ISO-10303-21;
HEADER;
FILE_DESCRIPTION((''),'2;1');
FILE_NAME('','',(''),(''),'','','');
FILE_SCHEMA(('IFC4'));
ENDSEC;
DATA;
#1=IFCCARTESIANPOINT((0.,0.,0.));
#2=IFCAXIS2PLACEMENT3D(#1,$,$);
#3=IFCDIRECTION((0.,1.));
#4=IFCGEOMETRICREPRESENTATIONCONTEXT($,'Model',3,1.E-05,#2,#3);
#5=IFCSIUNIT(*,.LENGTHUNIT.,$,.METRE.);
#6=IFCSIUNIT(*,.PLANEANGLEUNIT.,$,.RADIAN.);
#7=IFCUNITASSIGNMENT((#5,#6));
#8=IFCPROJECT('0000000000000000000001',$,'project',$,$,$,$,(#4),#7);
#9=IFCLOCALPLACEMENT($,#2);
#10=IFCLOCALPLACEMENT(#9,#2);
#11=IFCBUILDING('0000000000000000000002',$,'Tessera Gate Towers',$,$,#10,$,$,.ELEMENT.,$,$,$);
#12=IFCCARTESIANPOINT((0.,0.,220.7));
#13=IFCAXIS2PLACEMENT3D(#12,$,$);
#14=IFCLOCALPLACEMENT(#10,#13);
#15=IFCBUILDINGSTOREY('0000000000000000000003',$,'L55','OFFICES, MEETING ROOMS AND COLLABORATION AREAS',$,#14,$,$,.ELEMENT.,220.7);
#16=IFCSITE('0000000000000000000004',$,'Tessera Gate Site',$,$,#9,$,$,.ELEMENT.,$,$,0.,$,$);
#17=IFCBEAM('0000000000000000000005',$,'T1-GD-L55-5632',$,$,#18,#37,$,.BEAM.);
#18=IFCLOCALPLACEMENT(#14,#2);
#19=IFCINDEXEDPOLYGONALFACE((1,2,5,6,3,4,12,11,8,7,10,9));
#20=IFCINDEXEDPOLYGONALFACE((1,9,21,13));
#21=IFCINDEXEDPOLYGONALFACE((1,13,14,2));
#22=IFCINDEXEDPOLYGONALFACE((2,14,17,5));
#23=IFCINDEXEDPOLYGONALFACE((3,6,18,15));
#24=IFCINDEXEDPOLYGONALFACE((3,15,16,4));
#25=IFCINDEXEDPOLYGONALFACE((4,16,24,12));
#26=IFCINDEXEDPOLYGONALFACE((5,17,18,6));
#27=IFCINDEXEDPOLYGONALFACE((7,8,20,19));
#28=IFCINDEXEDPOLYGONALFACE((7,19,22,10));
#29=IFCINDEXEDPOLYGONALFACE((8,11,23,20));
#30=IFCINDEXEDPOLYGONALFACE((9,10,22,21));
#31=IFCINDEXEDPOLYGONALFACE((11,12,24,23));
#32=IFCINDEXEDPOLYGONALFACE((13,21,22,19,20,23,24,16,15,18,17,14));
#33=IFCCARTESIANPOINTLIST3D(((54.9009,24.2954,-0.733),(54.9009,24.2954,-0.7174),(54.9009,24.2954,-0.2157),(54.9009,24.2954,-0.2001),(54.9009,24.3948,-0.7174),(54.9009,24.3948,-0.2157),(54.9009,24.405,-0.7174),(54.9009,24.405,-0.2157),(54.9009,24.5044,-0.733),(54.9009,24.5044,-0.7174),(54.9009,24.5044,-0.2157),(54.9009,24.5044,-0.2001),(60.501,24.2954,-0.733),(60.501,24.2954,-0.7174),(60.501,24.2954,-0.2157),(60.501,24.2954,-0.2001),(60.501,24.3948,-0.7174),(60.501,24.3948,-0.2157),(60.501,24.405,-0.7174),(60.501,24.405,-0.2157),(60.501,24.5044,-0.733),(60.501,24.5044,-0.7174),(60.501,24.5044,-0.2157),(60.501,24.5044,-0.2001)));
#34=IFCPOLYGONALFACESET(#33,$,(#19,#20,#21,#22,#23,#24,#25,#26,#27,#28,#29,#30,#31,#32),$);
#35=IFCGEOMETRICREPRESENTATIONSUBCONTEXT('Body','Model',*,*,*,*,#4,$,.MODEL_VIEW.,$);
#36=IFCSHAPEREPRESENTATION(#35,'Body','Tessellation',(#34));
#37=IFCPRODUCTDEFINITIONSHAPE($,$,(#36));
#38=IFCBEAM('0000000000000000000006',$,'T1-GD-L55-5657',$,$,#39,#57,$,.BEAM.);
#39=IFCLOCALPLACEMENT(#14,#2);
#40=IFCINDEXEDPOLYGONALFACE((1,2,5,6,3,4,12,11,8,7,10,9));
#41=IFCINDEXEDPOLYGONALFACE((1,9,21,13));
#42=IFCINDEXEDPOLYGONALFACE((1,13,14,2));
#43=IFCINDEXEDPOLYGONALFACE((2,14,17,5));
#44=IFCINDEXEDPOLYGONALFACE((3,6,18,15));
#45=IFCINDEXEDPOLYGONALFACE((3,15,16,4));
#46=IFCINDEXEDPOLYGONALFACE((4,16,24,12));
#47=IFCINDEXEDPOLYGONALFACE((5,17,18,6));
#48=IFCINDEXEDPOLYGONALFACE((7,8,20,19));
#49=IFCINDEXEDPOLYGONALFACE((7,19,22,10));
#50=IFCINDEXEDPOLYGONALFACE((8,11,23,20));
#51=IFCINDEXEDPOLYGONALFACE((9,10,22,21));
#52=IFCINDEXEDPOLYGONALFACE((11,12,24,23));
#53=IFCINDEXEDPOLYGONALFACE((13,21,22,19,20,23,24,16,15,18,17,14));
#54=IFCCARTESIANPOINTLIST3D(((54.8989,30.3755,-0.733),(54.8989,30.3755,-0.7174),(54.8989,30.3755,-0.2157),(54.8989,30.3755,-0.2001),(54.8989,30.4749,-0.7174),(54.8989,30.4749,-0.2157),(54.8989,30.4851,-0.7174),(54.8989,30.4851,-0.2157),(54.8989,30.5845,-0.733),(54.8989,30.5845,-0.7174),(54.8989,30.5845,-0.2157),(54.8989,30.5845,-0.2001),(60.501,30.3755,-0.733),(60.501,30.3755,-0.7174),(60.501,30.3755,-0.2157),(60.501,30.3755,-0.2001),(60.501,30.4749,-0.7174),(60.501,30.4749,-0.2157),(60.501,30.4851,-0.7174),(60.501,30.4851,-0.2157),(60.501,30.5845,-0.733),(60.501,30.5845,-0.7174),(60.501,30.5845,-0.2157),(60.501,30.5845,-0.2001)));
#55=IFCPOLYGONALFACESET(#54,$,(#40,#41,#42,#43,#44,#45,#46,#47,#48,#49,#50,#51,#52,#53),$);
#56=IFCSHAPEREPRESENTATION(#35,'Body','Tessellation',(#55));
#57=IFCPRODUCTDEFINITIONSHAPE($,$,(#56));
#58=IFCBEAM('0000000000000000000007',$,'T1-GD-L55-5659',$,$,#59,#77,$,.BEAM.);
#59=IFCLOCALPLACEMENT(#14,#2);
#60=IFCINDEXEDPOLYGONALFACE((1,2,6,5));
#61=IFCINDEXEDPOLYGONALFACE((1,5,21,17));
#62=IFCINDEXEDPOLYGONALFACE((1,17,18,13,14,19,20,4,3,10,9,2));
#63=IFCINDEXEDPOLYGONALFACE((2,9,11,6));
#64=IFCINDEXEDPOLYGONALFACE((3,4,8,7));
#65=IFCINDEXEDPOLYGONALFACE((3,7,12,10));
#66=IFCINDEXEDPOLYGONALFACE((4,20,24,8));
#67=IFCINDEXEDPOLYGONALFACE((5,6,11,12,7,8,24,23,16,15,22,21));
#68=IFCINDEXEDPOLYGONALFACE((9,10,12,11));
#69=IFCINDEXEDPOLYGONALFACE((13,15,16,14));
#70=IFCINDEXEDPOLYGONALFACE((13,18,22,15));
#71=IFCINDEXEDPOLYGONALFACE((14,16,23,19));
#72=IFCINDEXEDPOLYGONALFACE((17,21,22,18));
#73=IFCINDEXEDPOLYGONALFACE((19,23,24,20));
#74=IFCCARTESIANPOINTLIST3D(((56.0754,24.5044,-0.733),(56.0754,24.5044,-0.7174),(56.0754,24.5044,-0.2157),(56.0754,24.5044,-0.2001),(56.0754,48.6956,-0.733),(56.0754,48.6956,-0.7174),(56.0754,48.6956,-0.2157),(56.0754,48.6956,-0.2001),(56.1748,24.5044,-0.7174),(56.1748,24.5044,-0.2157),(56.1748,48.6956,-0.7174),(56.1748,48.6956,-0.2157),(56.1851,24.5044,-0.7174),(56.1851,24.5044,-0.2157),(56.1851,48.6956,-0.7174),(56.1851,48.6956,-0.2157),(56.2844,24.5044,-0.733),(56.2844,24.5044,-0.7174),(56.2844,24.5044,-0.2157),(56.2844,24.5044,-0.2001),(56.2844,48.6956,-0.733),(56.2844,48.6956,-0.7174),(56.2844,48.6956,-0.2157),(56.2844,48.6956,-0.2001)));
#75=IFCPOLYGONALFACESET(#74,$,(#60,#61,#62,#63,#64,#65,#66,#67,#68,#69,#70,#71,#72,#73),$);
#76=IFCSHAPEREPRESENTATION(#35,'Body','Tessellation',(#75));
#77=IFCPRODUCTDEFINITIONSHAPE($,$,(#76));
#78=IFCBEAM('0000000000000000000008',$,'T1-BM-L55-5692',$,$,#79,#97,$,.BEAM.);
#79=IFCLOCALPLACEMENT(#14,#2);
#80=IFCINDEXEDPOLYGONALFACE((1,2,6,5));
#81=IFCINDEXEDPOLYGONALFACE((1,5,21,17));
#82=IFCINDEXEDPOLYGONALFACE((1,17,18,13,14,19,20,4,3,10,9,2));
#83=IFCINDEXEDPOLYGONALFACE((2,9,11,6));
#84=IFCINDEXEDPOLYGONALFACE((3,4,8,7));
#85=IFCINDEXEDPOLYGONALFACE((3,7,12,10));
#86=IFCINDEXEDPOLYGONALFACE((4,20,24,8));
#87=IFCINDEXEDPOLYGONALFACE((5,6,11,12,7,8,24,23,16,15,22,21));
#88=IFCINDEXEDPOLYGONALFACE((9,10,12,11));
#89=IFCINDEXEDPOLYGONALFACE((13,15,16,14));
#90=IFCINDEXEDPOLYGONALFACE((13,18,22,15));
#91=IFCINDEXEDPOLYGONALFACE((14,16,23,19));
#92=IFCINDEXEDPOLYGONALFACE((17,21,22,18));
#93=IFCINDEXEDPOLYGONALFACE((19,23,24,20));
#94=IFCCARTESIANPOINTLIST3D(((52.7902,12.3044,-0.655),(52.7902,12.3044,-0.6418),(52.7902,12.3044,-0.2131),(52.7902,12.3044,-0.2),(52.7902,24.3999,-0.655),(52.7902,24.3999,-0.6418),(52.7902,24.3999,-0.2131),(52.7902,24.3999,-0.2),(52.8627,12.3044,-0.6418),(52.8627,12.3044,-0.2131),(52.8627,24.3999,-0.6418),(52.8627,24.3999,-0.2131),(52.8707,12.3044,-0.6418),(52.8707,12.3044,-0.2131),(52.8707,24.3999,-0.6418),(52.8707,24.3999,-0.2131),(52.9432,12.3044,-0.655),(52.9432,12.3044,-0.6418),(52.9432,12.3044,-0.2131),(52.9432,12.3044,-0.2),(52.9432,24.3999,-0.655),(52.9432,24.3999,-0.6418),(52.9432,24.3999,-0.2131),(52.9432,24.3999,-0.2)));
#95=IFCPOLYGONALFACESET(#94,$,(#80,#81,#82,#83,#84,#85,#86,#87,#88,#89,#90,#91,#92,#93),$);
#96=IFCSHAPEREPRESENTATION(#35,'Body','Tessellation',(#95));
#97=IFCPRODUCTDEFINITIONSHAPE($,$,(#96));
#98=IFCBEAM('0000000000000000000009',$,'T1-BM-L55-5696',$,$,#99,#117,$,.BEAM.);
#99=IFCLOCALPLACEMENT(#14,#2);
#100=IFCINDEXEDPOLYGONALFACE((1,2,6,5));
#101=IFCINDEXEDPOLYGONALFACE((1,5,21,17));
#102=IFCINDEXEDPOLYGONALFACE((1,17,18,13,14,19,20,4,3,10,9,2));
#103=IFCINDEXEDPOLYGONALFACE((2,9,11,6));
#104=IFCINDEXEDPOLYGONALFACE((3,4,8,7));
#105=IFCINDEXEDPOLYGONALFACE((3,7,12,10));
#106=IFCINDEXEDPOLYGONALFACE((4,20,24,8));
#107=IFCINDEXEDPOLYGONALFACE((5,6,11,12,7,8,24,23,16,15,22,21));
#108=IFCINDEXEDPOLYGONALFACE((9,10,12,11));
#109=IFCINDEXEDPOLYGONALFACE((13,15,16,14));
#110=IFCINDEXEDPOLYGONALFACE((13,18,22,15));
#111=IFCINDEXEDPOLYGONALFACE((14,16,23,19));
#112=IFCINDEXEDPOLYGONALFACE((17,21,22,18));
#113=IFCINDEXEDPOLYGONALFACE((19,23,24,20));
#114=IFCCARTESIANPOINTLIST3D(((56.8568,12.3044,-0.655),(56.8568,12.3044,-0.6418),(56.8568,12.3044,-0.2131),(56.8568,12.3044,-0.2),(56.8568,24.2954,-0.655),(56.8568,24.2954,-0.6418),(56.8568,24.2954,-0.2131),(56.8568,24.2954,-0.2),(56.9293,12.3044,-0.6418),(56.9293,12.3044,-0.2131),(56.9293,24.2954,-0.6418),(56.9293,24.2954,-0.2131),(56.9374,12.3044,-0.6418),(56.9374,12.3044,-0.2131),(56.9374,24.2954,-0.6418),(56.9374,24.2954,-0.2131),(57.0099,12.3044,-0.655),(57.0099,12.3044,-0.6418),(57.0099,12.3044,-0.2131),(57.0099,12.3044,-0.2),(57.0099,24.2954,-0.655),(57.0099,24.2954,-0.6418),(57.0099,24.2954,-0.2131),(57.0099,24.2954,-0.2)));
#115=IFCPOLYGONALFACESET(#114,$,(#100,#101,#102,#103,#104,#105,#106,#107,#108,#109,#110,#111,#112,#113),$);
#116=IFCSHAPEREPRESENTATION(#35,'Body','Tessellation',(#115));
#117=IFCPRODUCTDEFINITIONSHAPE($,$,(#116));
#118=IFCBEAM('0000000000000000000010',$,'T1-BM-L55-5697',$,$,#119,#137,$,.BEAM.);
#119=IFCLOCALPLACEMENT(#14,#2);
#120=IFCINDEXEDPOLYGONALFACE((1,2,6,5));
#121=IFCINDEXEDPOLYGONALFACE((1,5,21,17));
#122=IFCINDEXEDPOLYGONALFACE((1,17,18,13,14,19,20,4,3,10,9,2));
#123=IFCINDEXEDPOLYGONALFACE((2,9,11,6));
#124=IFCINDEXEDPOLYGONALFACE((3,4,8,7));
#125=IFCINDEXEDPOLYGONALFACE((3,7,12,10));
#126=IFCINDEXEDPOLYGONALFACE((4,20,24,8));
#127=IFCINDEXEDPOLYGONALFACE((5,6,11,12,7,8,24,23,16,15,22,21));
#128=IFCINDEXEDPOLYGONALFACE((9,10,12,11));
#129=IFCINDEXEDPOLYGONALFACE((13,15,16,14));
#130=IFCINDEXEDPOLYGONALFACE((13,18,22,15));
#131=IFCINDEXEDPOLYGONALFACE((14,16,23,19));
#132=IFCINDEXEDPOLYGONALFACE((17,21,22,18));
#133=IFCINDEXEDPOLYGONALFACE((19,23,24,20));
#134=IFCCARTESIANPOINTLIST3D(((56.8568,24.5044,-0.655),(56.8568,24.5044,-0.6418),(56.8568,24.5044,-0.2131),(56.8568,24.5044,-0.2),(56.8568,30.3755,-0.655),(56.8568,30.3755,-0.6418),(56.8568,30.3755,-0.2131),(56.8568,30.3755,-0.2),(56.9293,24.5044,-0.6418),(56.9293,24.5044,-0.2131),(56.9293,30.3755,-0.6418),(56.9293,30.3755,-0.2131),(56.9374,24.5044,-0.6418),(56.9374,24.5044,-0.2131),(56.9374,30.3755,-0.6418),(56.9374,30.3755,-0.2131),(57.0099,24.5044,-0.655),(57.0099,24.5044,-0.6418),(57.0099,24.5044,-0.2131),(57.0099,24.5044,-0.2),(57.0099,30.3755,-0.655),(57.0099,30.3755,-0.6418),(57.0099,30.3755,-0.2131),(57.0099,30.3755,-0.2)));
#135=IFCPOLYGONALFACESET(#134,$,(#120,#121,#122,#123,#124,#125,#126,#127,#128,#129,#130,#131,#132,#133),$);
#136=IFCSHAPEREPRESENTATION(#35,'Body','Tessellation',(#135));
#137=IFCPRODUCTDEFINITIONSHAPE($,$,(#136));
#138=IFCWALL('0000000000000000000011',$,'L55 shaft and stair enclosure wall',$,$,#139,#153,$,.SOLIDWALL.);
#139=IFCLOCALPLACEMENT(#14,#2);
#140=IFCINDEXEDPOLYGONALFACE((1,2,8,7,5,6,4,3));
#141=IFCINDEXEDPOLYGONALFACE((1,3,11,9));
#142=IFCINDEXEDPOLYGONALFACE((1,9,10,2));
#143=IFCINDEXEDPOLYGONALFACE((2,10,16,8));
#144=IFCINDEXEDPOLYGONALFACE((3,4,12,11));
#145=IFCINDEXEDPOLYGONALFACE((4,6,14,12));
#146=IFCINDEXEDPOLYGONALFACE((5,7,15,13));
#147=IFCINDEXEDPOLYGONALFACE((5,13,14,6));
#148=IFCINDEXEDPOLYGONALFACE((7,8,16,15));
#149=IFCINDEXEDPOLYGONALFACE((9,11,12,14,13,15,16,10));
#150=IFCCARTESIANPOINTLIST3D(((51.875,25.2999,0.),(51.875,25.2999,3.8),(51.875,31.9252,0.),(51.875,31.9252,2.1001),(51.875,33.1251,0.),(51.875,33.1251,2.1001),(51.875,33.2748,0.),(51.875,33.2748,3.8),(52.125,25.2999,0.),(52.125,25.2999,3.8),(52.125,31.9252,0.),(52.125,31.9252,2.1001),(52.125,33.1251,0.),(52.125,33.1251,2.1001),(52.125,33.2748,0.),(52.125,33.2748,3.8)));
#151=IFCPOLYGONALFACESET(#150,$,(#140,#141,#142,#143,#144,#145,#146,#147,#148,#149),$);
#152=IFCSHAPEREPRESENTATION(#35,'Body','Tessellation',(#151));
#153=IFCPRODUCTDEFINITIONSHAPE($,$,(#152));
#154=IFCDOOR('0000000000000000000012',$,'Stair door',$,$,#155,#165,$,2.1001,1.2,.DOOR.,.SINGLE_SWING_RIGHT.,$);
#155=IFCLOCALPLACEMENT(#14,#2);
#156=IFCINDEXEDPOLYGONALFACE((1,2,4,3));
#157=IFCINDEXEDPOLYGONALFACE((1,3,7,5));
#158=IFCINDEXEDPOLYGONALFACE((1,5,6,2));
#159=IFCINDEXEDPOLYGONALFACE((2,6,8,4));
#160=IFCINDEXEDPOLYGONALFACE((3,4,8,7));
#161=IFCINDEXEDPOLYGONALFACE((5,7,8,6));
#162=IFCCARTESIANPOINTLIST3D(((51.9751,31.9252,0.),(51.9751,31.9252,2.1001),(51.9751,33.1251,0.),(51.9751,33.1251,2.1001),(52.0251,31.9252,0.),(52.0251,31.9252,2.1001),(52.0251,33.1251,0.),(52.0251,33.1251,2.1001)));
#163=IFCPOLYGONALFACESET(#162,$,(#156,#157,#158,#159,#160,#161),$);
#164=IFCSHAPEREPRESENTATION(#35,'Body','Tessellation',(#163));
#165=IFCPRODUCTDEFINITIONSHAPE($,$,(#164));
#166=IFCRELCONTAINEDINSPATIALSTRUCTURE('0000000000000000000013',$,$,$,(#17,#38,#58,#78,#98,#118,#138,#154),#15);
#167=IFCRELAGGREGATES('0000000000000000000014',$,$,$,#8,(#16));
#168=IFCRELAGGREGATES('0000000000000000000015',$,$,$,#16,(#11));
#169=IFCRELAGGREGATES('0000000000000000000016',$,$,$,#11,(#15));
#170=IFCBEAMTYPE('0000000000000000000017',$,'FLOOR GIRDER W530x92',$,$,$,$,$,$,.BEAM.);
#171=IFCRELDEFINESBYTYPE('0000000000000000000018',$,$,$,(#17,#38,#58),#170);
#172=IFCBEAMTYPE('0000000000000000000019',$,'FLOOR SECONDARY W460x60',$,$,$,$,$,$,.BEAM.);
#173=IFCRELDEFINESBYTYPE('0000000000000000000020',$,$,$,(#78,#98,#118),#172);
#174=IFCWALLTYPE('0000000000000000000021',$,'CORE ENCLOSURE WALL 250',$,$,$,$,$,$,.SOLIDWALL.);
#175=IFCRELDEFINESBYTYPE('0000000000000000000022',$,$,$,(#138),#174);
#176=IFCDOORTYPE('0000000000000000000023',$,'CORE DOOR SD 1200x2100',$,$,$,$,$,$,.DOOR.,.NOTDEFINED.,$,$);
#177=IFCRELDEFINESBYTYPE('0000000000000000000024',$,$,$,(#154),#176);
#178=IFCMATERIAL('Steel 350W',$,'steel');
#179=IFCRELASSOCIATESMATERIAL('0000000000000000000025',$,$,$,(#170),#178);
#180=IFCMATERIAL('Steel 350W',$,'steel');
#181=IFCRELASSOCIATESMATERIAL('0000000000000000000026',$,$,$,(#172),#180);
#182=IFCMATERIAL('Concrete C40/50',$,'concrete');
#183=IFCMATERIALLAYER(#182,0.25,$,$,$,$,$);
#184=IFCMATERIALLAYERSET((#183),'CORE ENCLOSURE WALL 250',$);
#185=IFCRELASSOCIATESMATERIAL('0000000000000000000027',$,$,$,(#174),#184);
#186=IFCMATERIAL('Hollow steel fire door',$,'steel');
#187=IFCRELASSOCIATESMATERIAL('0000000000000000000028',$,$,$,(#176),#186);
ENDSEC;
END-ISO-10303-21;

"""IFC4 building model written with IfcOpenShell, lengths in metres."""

from ifc_helpers import new_model, si_unit, direction, frame, frame_2d, origin, origin_2d, place, context, subcontext, project, spatial, rectangle, i_section, extrude, source, transform, mapped, material, layer, layer_set, material_profile, profile_set, type_object, element, fill, save


model = new_model("IFC4")

# Units and contexts
model_context = context("Model", 3, precision=1e-05, world=origin(), true_north=direction((0.0, 1.0)))
body_context = subcontext(model_context, "Body", "Model", "MODEL_VIEW")
ifc_project = project(units=[si_unit("LENGTHUNIT", "METRE"), si_unit("PLANEANGLEUNIT", "RADIAN")], contexts=[model_context])

# Site, building, storey
site_placement = place(None, origin())
site = spatial("IfcSite", under=ifc_project, at=site_placement, Name="Tessera Gate Site", CompositionType="ELEMENT", RefElevation=0.0)
building_placement = place(site_placement, origin())
building = spatial("IfcBuilding", under=site, at=building_placement, Name="Tessera Gate Towers", CompositionType="ELEMENT")
storey_placement = place(building_placement, frame((0.0, 0.0, 220.7)))
storey = spatial("IfcBuildingStorey", under=building, at=storey_placement, Name="L55", Description="OFFICES, MEETING ROOMS AND COLLABORATION AREAS", CompositionType="ELEMENT", Elevation=220.7)

# Beams
ifc_material_1 = material(Name="Steel 350W", Category="steel")
ifc_material_profile_1 = material_profile(ifc_material_1, i_section(OverallWidth=0.209, OverallDepth=0.533, WebThickness=0.0103, FlangeThickness=0.0156, at=origin_2d()), Name="W530x92")
ifc_profile_set_1 = profile_set([ifc_material_profile_1], Name="Steel 350W")
beam_type_1 = type_object("IfcBeamType", Name="FLOOR GIRDER W530x92", PredefinedType="BEAM", material=ifc_profile_set_1)
beam_1_placement = place(storey_placement, frame((54.9009, 24.3999, -0.4666), z_axis=(1.0, 0.0, 0.0), x_axis=(0.0, 1.0, 0.0)))
element("IfcBeam", 1, at=beam_1_placement, inside=storey, type_object=beam_type_1, Name="T1-GD-L55-5632", PredefinedType="BEAM", context=body_context, shape_type="SweptSolid", body=[
    extrude(i_section(OverallWidth=0.209, OverallDepth=0.533, WebThickness=0.0103, FlangeThickness=0.0156, at=origin_2d()), origin(), (0.0, 0.0, 1.0), 5.6001),
])
beam_2_placement = place(storey_placement, frame((54.8989, 30.48, -0.4666), z_axis=(1.0, 0.0, 0.0), x_axis=(0.0, 1.0, 0.0)))
element("IfcBeam", 2, at=beam_2_placement, inside=storey, type_object=beam_type_1, Name="T1-GD-L55-5657", PredefinedType="BEAM", context=body_context, shape_type="SweptSolid", body=[
    extrude(i_section(OverallWidth=0.209, OverallDepth=0.533, WebThickness=0.0103, FlangeThickness=0.0156, at=origin_2d()), origin(), (0.0, 0.0, 1.0), 5.6021),
])
beam_3_placement = place(storey_placement, frame((56.1799, 24.5044, -0.4666), z_axis=(0.0, 1.0, 0.0), x_axis=(-1.0, 0.0, 0.0)))
element("IfcBeam", 3, at=beam_3_placement, inside=storey, type_object=beam_type_1, Name="T1-GD-L55-5659", PredefinedType="BEAM", context=body_context, shape_type="SweptSolid", body=[
    extrude(i_section(OverallWidth=0.209, OverallDepth=0.533, WebThickness=0.0103, FlangeThickness=0.0156, at=origin_2d()), origin(), (0.0, 0.0, 1.0), 24.1912),
])
ifc_material_2 = material(Name="Steel 350W", Category="steel")
ifc_material_profile_2 = material_profile(ifc_material_2, i_section(OverallWidth=0.1531, OverallDepth=0.4551, WebThickness=0.0081, FlangeThickness=0.0132, at=origin_2d()), Name="W460x60")
ifc_profile_set_2 = profile_set([ifc_material_profile_2], Name="Steel 350W")
beam_type_2 = type_object("IfcBeamType", Name="FLOOR SECONDARY W460x60", PredefinedType="BEAM", material=ifc_profile_set_2)
beam_4_placement = place(storey_placement, frame((52.8667, 12.3044, -0.4275), z_axis=(0.0, 1.0, 0.0), x_axis=(-1.0, 0.0, 0.0)))
element("IfcBeam", 4, at=beam_4_placement, inside=storey, type_object=beam_type_2, Name="T1-BM-L55-5692", PredefinedType="BEAM", context=body_context, shape_type="SweptSolid", body=[
    extrude(i_section(OverallWidth=0.1531, OverallDepth=0.4551, WebThickness=0.0081, FlangeThickness=0.0132, at=origin_2d()), origin(), (0.0, 0.0, 1.0), 12.0955),
])
beam_5_placement = place(storey_placement, frame((56.9333, 12.3044, -0.4275), z_axis=(0.0, 1.0, 0.0), x_axis=(-1.0, 0.0, 0.0)))
element("IfcBeam", 5, at=beam_5_placement, inside=storey, type_object=beam_type_2, Name="T1-BM-L55-5696", PredefinedType="BEAM", context=body_context, shape_type="SweptSolid", body=[
    extrude(i_section(OverallWidth=0.1531, OverallDepth=0.4551, WebThickness=0.0081, FlangeThickness=0.0132, at=origin_2d()), origin(), (0.0, 0.0, 1.0), 11.991),
])
beam_6_placement = place(storey_placement, frame((56.9333, 24.5044, -0.4275), z_axis=(0.0, 1.0, 0.0), x_axis=(-1.0, 0.0, 0.0)))
element("IfcBeam", 6, at=beam_6_placement, inside=storey, type_object=beam_type_2, Name="T1-BM-L55-5697", PredefinedType="BEAM", context=body_context, shape_type="SweptSolid", body=[
    extrude(i_section(OverallWidth=0.1531, OverallDepth=0.4551, WebThickness=0.0081, FlangeThickness=0.0132, at=origin_2d()), origin(), (0.0, 0.0, 1.0), 5.8711),
])

# Wall, opening, door
ifc_material_3 = material(Name="Concrete C40/50", Category="concrete")
ifc_layer_1 = layer(ifc_material_3, 0.25)
ifc_layer_set_1 = layer_set([ifc_layer_1], Name="CORE ENCLOSURE WALL 250")
wall_type_1 = type_object("IfcWallType", Name="CORE ENCLOSURE WALL 250", PredefinedType="SOLIDWALL", material=ifc_layer_set_1)
wall_1_placement = place(storey_placement, frame((52.0, 25.3, 0.0), z_axis=(0.0, 0.0, 1.0), x_axis=(0.0, 1.0, 0.0)))
wall_1 = element("IfcWall", 7, at=wall_1_placement, inside=storey, type_object=wall_type_1, Name="L55 shaft and stair enclosure wall", PredefinedType="SOLIDWALL", context=body_context, shape_type="SweptSolid", body=[
    extrude(rectangle(XDim=7.9749, YDim=0.25, at=frame_2d((3.9873, 0.0))), origin(), (0.0, 0.0, 1.0), 3.8),
])
shared_shape_1 = source(origin(), body_context, "Body", "SweptSolid", [
    extrude(rectangle(XDim=1.2, YDim=2.1001, at=frame_2d((0.6001, 1.05))), frame((0.0, 0.135, 0.0), z_axis=(0.0, -1.0, 0.0), x_axis=(1.0, 0.0, 0.0)), (0.0, 0.0, 1.0), 0.27),
])
opening_1_placement = place(wall_1_placement, frame((6.625, 0.0, 0.0)))
opening_1 = element("IfcOpeningElement", 8, at=opening_1_placement, cuts=wall_1, PredefinedType="OPENING", context=body_context, shape_type="MappedRepresentation", body=[
    mapped(shared_shape_1, transform((0.0, 0.0, 0.0), scale=1.0)),
])
ifc_material_4 = material(Name="Hollow steel fire door", Category="steel")
door_type_1 = type_object("IfcDoorType", Name="CORE DOOR SD 1200x2100", OperationType="NOTDEFINED", PredefinedType="DOOR", material=ifc_material_4)
shared_shape_2 = source(origin(), body_context, "Body", "SweptSolid", [
    extrude(rectangle(XDim=1.2, YDim=2.1001, at=frame_2d((0.6001, 1.05))), frame((0.0, 0.0249, 0.0), z_axis=(0.0, -1.0, 0.0), x_axis=(1.0, 0.0, 0.0)), (0.0, 0.0, 1.0), 0.05),
])
door_1_placement = place(opening_1_placement, origin())
door_1 = element("IfcDoor", 9, at=door_1_placement, inside=storey, type_object=door_type_1, Name="Stair door", OperationType="SINGLE_SWING_RIGHT", OverallHeight=2.1001, OverallWidth=1.2, PredefinedType="DOOR", context=body_context, shape_type="MappedRepresentation", body=[
    mapped(shared_shape_2, transform((0.0, 0.0, 0.0), scale=1.0)),
])
fill(opening_1, door_1)

save(model, "model.ifc")
